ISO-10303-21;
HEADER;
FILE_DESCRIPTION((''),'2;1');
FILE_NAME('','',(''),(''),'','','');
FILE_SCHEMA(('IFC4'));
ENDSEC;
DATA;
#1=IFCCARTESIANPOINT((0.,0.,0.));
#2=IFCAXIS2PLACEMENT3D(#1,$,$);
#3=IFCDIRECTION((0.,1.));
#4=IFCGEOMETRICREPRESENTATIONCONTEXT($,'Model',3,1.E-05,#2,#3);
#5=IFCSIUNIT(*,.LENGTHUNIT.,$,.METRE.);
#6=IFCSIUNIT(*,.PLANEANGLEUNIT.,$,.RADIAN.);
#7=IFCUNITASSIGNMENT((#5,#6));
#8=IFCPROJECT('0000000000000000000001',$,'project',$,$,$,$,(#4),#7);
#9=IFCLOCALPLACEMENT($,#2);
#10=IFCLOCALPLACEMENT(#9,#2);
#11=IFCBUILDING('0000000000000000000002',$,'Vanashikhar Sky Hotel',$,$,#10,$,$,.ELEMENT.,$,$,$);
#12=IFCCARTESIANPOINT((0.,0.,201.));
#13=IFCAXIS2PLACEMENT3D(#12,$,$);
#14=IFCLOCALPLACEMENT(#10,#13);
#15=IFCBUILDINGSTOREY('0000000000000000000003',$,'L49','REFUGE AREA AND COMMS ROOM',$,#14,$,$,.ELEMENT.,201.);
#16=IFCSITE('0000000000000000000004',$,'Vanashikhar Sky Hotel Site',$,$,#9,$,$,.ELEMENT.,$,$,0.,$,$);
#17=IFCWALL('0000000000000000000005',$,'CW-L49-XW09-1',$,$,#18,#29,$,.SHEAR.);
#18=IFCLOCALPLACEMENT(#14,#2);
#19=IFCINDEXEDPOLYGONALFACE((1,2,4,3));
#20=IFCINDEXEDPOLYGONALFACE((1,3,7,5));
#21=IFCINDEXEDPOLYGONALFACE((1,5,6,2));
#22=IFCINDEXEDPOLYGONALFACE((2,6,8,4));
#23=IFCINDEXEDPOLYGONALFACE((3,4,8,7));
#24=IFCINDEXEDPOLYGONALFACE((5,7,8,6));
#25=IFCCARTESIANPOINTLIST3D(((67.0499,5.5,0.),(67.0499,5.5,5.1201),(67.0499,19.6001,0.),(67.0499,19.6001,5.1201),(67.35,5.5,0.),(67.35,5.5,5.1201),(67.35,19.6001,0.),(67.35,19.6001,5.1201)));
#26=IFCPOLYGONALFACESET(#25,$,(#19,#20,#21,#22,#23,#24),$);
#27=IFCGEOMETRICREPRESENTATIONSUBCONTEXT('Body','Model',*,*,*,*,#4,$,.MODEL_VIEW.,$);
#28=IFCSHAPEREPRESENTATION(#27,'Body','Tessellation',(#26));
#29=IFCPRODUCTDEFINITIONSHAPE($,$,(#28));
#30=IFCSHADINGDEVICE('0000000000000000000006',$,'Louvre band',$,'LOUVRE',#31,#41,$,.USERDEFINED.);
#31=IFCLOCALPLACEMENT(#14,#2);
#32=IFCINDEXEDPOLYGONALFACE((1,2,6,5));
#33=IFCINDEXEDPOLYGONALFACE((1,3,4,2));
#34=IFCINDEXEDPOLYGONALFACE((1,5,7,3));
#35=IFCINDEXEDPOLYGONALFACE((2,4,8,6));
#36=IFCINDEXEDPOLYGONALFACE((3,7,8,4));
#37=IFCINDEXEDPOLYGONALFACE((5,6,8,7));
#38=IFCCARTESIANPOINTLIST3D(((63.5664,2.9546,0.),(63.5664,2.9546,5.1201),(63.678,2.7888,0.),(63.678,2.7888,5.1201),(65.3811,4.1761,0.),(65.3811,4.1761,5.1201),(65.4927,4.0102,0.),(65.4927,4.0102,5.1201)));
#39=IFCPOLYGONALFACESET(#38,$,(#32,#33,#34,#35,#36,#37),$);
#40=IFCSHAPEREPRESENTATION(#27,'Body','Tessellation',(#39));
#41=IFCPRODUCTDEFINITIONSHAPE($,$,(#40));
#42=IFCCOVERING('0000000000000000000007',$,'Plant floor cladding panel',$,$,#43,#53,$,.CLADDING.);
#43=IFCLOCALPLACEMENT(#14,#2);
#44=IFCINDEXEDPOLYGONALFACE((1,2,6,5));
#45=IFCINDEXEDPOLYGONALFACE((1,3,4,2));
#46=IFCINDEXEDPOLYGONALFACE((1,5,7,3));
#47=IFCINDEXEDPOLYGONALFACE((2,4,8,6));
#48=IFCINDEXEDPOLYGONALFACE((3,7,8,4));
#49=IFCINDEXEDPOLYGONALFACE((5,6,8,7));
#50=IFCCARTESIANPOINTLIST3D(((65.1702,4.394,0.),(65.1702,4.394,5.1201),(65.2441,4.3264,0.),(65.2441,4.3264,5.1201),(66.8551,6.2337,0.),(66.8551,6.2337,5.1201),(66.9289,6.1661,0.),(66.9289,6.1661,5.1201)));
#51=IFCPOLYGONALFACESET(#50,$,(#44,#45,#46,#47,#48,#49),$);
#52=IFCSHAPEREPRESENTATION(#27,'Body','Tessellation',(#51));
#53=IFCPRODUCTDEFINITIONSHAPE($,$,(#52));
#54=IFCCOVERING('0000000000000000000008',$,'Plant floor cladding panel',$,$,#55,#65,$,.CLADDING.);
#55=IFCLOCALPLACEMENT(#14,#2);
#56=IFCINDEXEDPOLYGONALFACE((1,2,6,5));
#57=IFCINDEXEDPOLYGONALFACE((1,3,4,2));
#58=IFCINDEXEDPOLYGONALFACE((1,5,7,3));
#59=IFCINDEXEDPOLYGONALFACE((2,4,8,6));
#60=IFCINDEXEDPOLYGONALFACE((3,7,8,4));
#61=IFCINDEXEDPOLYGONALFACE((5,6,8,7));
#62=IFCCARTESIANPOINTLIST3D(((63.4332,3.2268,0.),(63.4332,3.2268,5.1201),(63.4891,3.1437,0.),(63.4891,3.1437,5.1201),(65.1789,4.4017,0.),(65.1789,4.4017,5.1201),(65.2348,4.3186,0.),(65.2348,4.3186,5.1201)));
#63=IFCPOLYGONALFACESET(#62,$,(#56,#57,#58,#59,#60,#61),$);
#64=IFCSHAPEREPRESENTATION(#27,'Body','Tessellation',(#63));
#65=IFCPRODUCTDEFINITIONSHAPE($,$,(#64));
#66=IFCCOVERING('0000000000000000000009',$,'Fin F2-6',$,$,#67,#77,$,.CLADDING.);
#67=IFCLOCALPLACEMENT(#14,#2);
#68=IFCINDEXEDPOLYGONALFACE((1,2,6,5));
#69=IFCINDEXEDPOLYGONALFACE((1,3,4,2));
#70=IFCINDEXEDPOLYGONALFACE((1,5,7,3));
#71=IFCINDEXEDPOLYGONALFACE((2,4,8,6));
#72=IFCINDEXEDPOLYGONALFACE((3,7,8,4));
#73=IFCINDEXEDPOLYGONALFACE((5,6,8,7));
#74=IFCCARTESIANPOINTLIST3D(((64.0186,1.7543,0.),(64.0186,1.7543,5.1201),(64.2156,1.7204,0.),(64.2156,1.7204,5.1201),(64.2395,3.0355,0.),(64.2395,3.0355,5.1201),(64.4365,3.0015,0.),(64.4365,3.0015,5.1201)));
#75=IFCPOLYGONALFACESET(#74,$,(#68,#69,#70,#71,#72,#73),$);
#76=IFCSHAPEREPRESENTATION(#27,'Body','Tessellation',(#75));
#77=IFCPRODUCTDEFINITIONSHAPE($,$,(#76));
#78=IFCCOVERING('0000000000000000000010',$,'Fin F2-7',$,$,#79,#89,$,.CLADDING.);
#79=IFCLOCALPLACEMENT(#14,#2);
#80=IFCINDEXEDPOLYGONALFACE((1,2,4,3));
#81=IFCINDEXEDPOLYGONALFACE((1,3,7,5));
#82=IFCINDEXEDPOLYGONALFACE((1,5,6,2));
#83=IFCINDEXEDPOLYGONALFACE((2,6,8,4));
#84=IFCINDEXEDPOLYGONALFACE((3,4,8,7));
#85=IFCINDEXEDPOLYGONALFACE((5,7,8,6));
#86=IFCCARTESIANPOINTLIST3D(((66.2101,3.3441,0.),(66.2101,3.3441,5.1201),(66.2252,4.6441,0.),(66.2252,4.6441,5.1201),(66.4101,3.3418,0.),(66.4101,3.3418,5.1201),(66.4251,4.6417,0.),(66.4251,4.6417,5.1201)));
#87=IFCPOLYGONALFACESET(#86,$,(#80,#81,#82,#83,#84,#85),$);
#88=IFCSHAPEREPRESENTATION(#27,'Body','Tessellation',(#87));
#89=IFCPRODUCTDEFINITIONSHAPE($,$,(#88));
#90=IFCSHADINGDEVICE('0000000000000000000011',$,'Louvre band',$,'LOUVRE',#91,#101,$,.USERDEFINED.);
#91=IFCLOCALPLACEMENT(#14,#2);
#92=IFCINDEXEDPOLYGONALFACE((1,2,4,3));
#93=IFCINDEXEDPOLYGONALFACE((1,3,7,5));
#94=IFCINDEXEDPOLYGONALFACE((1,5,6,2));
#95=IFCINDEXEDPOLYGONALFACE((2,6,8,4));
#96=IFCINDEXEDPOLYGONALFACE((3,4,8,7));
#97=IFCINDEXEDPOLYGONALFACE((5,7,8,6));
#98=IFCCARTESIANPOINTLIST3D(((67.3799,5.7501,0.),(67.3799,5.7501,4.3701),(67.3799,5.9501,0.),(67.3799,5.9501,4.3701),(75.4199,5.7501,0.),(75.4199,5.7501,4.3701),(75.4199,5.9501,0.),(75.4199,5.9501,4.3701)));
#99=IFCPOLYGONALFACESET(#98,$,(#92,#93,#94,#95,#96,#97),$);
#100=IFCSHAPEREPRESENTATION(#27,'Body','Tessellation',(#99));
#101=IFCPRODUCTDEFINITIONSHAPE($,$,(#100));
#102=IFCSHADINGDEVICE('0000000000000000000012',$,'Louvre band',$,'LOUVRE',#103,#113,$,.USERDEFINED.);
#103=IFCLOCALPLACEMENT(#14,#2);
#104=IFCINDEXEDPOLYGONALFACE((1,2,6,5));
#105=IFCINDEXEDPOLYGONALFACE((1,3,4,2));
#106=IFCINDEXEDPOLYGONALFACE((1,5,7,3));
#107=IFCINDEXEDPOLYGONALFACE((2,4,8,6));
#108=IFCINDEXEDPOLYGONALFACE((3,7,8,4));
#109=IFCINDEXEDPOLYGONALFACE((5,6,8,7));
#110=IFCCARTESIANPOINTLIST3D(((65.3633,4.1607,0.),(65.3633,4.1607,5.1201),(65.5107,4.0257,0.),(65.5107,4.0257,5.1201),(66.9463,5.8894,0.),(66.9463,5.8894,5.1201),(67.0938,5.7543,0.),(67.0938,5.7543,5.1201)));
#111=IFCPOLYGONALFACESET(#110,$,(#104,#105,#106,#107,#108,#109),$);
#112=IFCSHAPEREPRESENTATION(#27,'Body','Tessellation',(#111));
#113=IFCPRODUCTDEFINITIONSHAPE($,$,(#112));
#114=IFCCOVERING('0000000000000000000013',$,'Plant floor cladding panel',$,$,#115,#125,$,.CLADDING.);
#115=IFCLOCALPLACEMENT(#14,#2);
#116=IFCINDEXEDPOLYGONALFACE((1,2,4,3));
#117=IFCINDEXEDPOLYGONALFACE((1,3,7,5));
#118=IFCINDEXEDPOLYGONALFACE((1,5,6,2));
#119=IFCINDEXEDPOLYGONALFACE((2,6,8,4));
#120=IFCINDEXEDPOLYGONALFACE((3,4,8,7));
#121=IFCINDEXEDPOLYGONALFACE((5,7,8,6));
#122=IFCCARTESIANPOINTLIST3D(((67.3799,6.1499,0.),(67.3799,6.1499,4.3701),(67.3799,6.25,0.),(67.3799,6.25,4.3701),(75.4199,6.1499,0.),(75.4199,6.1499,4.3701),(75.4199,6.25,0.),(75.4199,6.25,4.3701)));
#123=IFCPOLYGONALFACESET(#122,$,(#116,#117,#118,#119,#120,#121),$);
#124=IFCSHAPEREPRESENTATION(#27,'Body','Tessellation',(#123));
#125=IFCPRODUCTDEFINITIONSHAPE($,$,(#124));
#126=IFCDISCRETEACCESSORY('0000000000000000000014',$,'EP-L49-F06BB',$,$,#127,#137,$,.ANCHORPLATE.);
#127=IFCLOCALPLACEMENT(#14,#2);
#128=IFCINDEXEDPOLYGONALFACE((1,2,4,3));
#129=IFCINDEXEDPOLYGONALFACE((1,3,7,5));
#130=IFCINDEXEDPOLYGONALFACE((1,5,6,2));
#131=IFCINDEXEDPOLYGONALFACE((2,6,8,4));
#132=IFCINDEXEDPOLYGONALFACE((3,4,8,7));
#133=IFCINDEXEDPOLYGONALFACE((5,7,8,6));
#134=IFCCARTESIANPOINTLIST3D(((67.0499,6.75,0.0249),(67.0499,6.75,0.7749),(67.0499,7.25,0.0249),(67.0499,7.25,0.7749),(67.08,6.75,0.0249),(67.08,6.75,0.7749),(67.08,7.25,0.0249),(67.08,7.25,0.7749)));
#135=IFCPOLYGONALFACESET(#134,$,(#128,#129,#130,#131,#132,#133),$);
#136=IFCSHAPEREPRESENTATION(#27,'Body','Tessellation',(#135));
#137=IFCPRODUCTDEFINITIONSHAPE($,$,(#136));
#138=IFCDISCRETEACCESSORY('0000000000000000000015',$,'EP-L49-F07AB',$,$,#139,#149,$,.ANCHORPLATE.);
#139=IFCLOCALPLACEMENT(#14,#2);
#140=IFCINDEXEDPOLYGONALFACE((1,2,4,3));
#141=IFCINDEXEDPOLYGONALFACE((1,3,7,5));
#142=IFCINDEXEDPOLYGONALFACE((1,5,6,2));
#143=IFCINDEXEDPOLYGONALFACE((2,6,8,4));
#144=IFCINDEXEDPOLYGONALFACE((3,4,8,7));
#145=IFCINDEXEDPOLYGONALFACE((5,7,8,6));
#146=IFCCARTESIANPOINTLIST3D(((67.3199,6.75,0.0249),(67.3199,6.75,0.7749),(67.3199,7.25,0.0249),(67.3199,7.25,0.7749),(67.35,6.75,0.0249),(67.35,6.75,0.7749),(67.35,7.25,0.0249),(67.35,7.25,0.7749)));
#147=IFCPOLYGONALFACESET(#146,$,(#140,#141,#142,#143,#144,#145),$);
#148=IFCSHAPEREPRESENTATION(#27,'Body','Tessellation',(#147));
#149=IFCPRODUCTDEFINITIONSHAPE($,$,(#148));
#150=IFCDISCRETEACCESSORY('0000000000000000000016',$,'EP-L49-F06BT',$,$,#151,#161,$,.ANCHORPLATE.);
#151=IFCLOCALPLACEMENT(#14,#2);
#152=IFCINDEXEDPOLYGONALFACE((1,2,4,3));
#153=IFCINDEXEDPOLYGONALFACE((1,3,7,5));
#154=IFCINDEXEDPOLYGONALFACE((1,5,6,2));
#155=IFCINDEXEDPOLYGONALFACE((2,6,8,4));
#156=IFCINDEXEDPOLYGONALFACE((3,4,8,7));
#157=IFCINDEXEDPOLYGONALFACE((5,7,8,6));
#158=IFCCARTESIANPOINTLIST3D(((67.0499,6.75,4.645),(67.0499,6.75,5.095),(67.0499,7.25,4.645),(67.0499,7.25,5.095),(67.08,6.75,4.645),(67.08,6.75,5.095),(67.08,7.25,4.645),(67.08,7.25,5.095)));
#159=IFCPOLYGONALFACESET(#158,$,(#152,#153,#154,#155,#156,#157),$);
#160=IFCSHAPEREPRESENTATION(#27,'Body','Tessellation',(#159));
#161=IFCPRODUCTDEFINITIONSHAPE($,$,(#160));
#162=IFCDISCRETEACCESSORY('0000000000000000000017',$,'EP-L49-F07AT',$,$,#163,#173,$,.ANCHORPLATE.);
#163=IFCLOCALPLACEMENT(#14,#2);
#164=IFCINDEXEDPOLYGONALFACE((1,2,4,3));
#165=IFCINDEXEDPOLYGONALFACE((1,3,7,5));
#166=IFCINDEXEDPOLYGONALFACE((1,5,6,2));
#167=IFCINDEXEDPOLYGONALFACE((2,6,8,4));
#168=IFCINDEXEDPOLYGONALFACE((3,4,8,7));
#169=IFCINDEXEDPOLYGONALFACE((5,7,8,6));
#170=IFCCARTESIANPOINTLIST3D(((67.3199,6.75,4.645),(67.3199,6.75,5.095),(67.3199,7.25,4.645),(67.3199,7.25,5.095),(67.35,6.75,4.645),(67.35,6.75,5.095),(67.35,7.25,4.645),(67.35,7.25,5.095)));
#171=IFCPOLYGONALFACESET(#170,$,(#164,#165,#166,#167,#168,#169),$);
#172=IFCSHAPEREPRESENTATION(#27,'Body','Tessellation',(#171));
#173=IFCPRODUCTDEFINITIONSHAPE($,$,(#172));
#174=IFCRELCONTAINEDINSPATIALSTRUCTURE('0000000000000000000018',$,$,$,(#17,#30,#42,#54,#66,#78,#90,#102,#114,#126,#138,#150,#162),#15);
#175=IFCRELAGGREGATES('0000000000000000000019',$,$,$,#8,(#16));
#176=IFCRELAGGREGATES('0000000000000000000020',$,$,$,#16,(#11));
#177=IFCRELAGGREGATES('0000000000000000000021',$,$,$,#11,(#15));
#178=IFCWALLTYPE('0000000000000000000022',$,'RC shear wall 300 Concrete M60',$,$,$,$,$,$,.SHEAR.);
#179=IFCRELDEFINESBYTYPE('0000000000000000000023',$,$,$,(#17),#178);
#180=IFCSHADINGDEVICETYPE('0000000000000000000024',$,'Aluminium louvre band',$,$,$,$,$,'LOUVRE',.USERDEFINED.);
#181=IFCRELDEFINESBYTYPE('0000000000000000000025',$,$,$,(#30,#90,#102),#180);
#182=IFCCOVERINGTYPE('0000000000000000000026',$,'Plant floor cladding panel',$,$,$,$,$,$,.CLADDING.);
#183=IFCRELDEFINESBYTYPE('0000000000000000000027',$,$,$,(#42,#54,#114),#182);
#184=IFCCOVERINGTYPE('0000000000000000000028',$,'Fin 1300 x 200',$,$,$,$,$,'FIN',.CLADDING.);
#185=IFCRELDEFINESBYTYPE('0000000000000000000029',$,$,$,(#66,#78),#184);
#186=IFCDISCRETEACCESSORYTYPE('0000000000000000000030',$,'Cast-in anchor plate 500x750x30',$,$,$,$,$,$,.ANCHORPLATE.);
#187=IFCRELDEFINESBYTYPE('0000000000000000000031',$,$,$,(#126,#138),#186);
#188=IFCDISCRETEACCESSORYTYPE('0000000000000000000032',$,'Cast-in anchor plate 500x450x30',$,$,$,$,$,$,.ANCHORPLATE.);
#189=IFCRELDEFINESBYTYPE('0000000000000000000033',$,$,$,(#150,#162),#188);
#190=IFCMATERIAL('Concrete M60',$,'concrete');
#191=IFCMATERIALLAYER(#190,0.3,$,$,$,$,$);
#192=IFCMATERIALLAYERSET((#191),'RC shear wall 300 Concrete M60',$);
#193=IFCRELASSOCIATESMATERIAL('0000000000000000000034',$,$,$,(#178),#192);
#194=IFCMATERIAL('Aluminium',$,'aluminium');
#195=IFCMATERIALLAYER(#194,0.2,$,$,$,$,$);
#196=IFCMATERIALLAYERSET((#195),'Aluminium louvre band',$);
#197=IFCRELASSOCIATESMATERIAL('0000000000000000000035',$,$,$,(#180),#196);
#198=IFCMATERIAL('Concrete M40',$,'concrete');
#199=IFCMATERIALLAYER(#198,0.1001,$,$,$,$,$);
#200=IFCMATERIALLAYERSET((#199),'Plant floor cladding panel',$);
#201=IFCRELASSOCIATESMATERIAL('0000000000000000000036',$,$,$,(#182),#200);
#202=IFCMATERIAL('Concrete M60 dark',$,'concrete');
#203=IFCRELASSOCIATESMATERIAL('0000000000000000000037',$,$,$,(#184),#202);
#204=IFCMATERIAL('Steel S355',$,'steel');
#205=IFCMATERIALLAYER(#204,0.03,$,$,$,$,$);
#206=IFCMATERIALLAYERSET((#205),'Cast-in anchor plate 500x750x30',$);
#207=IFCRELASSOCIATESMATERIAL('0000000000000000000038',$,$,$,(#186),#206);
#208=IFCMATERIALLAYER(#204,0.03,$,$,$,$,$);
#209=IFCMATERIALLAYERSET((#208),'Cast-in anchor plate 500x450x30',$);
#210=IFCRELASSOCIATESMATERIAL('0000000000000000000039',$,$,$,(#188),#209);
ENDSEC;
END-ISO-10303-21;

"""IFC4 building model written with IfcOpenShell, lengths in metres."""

from ifc_helpers import new_model, si_unit, direction, frame, frame_2d, origin, origin_2d, place, context, subcontext, project, spatial, rectangle, extrude, source, transform, mapped, material, layer, layer_set, material_profile, profile_set, type_object, element, save


model = new_model("IFC4")

# Units and contexts
model_context = context("Model", 3, precision=1e-05, world=origin(), true_north=direction((0.0, 1.0)))
body_context = subcontext(model_context, "Body", "Model", "MODEL_VIEW")
ifc_project = project(units=[si_unit("LENGTHUNIT", "METRE"), si_unit("PLANEANGLEUNIT", "RADIAN")], contexts=[model_context])

# Site, building, storey
site_placement = place(None, origin())
site = spatial("IfcSite", under=ifc_project, at=site_placement, Name="Vanashikhar Sky Hotel Site", CompositionType="ELEMENT", RefElevation=0.0)
building_placement = place(site_placement, origin())
building = spatial("IfcBuilding", under=site, at=building_placement, Name="Vanashikhar Sky Hotel", CompositionType="ELEMENT")
storey_placement = place(building_placement, frame((0.0, 0.0, 201.0)))
storey = spatial("IfcBuildingStorey", under=building, at=storey_placement, Name="L49", Description="REFUGE AREA AND COMMS ROOM", CompositionType="ELEMENT", Elevation=201.0)

# Shared definitions
ifc_material_1 = material(Name="Steel S355", Category="steel")

# Wall
ifc_material_2 = material(Name="Concrete M60", Category="concrete")
ifc_layer_1 = layer(ifc_material_2, 0.3)
ifc_layer_set_1 = layer_set([ifc_layer_1], Name="RC shear wall 300 Concrete M60")
wall_type = type_object("IfcWallType", Name="RC shear wall 300 Concrete M60", PredefinedType="SHEAR", material=ifc_layer_set_1)
shared_shape_1 = source(origin(), body_context, "Body", "SweptSolid", [
    extrude(rectangle(XDim=14.1001, YDim=0.3, at=frame_2d((7.05, 0.0))), origin(), (0.0, 0.0, 1.0), 5.1201),
])
wall_placement = place(storey_placement, frame((67.2, 5.5, 0.0), z_axis=(0.0, 0.0, 1.0), x_axis=(0.0, 1.0, 0.0)))
element("IfcWall", 1, at=wall_placement, inside=storey, type_object=wall_type, Name="CW-L49-XW09-1", PredefinedType="SHEAR", context=body_context, shape_type="MappedRepresentation", body=[
    mapped(shared_shape_1, transform((0.0, 0.0, 0.0), scale=1.0)),
])

# Shading device
ifc_material_3 = material(Name="Aluminium", Category="aluminium")
ifc_layer_2 = layer(ifc_material_3, 0.2)
ifc_layer_set_2 = layer_set([ifc_layer_2], Name="Aluminium louvre band")
shading_device_type = type_object("IfcShadingDeviceType", Name="Aluminium louvre band", ElementType="LOUVRE", PredefinedType="USERDEFINED", material=ifc_layer_set_2)
shared_shape_2 = source(origin(), body_context, "Body", "SweptSolid", [
    extrude(rectangle(XDim=2.1875, YDim=0.2, at=origin_2d()), origin(), (0.0, 0.0, 1.0), 5.1201),
])
shading_device_1_placement = place(storey_placement, frame((64.5295, 3.4824, 0.0), z_axis=(0.0, 0.0, 1.0), x_axis=(0.829584, 0.558382, 0.0)))
element("IfcShadingDevice", 2, at=shading_device_1_placement, inside=storey, type_object=shading_device_type, Name="Louvre band", ObjectType="LOUVRE", PredefinedType="USERDEFINED", context=body_context, shape_type="MappedRepresentation", body=[
    mapped(shared_shape_2, transform((0.0, 0.0, 0.0), scale=1.0)),
])

# Coverings
ifc_material_4 = material(Name="Concrete M40", Category="concrete")
ifc_layer_3 = layer(ifc_material_4, 0.1001)
ifc_layer_set_3 = layer_set([ifc_layer_3], Name="Plant floor cladding panel")
covering_type_1 = type_object("IfcCoveringType", Name="Plant floor cladding panel", PredefinedType="CLADDING", material=ifc_layer_set_3)
shared_shape_3 = source(origin(), body_context, "Body", "SweptSolid", [
    extrude(rectangle(XDim=2.4946, YDim=0.1001, at=origin_2d()), origin(), (0.0, 0.0, 1.0), 5.1201),
])
covering_1_placement = place(storey_placement, frame((66.0496, 5.28, 0.0), z_axis=(0.0, 0.0, 1.0), x_axis=(0.675384, 0.737466, 0.0)))
element("IfcCovering", 3, at=covering_1_placement, inside=storey, type_object=covering_type_1, Name="Plant floor cladding panel", PredefinedType="CLADDING", context=body_context, shape_type="MappedRepresentation", body=[
    mapped(shared_shape_3, transform((0.0, 0.0, 0.0), scale=1.0)),
])
shared_shape_4 = source(origin(), body_context, "Body", "SweptSolid", [
    extrude(rectangle(XDim=2.1042, YDim=0.1001, at=origin_2d()), origin(), (0.0, 0.0, 1.0), 5.1201),
])
covering_2_placement = place(storey_placement, frame((64.334, 3.7727, 0.0), z_axis=(0.0, 0.0, 1.0), x_axis=(0.829603, 0.558353, 0.0)))
element("IfcCovering", 4, at=covering_2_placement, inside=storey, type_object=covering_type_1, Name="Plant floor cladding panel", PredefinedType="CLADDING", context=body_context, shape_type="MappedRepresentation", body=[
    mapped(shared_shape_4, transform((0.0, 0.0, 0.0), scale=1.0)),
])
ifc_material_5 = material(Name="Concrete M60 dark", Category="concrete")
ifc_material_profile_1 = material_profile(ifc_material_5, rectangle(XDim=1.3, YDim=0.2, at=origin_2d()))
ifc_profile_set_1 = profile_set([ifc_material_profile_1], Name="Fin 1300 x 200")
covering_type_2 = type_object("IfcCoveringType", Name="Fin 1300 x 200", ElementType="FIN", PredefinedType="CLADDING", material=ifc_profile_set_1)
shared_shape_5 = source(origin(), body_context, "Body", "SweptSolid", [
    extrude(rectangle(XDim=1.3, YDim=0.2, at=origin_2d()), origin(), (0.0, 0.0, 1.0), 5.1201),
])
for number, where, z_axis, x_axis, name in (
    (5, (64.2275, 2.3779, 0.0), (0.0, 0.0, 1.0), (-0.1699, -0.985461, 0.0), "Fin F2-6"),
    (6, (66.3176, 3.9929, 0.0), (0.0, 0.0, 1.0), (-0.011589, -0.999933, 0.0), "Fin F2-7"),
):
    element("IfcCovering", number, at=place(storey_placement, frame(where, z_axis=z_axis, x_axis=x_axis)), inside=storey, type_object=covering_type_2, Name=name, PredefinedType="CLADDING", context=body_context, shape_type="MappedRepresentation", body=[
        mapped(shared_shape_5, transform((0.0, 0.0, 0.0), scale=1.0)),
    ])

# Shading devices
shared_shape_6 = source(origin(), body_context, "Body", "SweptSolid", [
    extrude(rectangle(XDim=8.04, YDim=0.2, at=origin_2d()), origin(), (0.0, 0.0, 1.0), 4.3701),
])
shading_device_2_placement = place(storey_placement, frame((71.3999, 5.8501, 0.0), z_axis=(0.0, 0.0, 1.0), x_axis=(1.0, 0.0, 0.0)))
element("IfcShadingDevice", 7, at=shading_device_2_placement, inside=storey, type_object=shading_device_type, Name="Louvre band", ObjectType="LOUVRE", PredefinedType="USERDEFINED", context=body_context, shape_type="MappedRepresentation", body=[
    mapped(shared_shape_6, transform((0.0, 0.0, 0.0), scale=1.0)),
])
shared_shape_7 = source(origin(), body_context, "Body", "SweptSolid", [
    extrude(rectangle(XDim=2.344, YDim=0.2, at=origin_2d()), origin(), (0.0, 0.0, 1.0), 5.1201),
])
shading_device_3_placement = place(storey_placement, frame((66.2285, 4.9575, 0.0), z_axis=(0.0, 0.0, 1.0), x_axis=(0.675359, 0.73749, 0.0)))
element("IfcShadingDevice", 8, at=shading_device_3_placement, inside=storey, type_object=shading_device_type, Name="Louvre band", ObjectType="LOUVRE", PredefinedType="USERDEFINED", context=body_context, shape_type="MappedRepresentation", body=[
    mapped(shared_shape_7, transform((0.0, 0.0, 0.0), scale=1.0)),
])

# Covering
shared_shape_8 = source(origin(), body_context, "Body", "SweptSolid", [
    extrude(rectangle(XDim=8.04, YDim=0.1001, at=origin_2d()), origin(), (0.0, 0.0, 1.0), 4.3701),
])
covering_3_placement = place(storey_placement, frame((71.3999, 6.2, 0.0), z_axis=(0.0, 0.0, 1.0), x_axis=(1.0, 0.0, 0.0)))
element("IfcCovering", 9, at=covering_3_placement, inside=storey, type_object=covering_type_1, Name="Plant floor cladding panel", PredefinedType="CLADDING", context=body_context, shape_type="MappedRepresentation", body=[
    mapped(shared_shape_8, transform((0.0, 0.0, 0.0), scale=1.0)),
])

# Discrete accessories
ifc_layer_4 = layer(ifc_material_1, 0.03)
ifc_layer_set_4 = layer_set([ifc_layer_4], Name="Cast-in anchor plate 500x750x30")
discrete_accessory_type_1 = type_object("IfcDiscreteAccessoryType", Name="Cast-in anchor plate 500x750x30", PredefinedType="ANCHORPLATE", material=ifc_layer_set_4)
shared_shape_9 = source(origin(), body_context, "Body", "SweptSolid", [
    extrude(rectangle(XDim=0.03, YDim=0.5, at=origin_2d()), origin(), (0.0, 0.0, 1.0), 0.75),
])
for number, where, z_axis, x_axis, name in (
    (10, (67.0649, 7.0, 0.0249), (0.0, 0.0, 1.0), (1.0, 0.0, 0.0), "EP-L49-F06BB"),
    (11, (67.335, 7.0, 0.0249), (0.0, 0.0, 1.0), (1.0, 0.0, 0.0), "EP-L49-F07AB"),
):
    element("IfcDiscreteAccessory", number, at=place(storey_placement, frame(where, z_axis=z_axis, x_axis=x_axis)), inside=storey, type_object=discrete_accessory_type_1, Name=name, PredefinedType="ANCHORPLATE", context=body_context, shape_type="MappedRepresentation", body=[
        mapped(shared_shape_9, transform((0.0, 0.0, 0.0), scale=1.0)),
    ])
ifc_layer_5 = layer(ifc_material_1, 0.03)
ifc_layer_set_5 = layer_set([ifc_layer_5], Name="Cast-in anchor plate 500x450x30")
discrete_accessory_type_2 = type_object("IfcDiscreteAccessoryType", Name="Cast-in anchor plate 500x450x30", PredefinedType="ANCHORPLATE", material=ifc_layer_set_5)
shared_shape_10 = source(origin(), body_context, "Body", "SweptSolid", [
    extrude(rectangle(XDim=0.03, YDim=0.5, at=origin_2d()), origin(), (0.0, 0.0, 1.0), 0.45),
])
for number, where, z_axis, x_axis, name in (
    (12, (67.0649, 7.0, 4.645), (0.0, 0.0, 1.0), (1.0, 0.0, 0.0), "EP-L49-F06BT"),
    (13, (67.335, 7.0, 4.645), (0.0, 0.0, 1.0), (1.0, 0.0, 0.0), "EP-L49-F07AT"),
):
    element("IfcDiscreteAccessory", number, at=place(storey_placement, frame(where, z_axis=z_axis, x_axis=x_axis)), inside=storey, type_object=discrete_accessory_type_2, Name=name, PredefinedType="ANCHORPLATE", context=body_context, shape_type="MappedRepresentation", body=[
        mapped(shared_shape_10, transform((0.0, 0.0, 0.0), scale=1.0)),
    ])

save(model, "model.ifc")
